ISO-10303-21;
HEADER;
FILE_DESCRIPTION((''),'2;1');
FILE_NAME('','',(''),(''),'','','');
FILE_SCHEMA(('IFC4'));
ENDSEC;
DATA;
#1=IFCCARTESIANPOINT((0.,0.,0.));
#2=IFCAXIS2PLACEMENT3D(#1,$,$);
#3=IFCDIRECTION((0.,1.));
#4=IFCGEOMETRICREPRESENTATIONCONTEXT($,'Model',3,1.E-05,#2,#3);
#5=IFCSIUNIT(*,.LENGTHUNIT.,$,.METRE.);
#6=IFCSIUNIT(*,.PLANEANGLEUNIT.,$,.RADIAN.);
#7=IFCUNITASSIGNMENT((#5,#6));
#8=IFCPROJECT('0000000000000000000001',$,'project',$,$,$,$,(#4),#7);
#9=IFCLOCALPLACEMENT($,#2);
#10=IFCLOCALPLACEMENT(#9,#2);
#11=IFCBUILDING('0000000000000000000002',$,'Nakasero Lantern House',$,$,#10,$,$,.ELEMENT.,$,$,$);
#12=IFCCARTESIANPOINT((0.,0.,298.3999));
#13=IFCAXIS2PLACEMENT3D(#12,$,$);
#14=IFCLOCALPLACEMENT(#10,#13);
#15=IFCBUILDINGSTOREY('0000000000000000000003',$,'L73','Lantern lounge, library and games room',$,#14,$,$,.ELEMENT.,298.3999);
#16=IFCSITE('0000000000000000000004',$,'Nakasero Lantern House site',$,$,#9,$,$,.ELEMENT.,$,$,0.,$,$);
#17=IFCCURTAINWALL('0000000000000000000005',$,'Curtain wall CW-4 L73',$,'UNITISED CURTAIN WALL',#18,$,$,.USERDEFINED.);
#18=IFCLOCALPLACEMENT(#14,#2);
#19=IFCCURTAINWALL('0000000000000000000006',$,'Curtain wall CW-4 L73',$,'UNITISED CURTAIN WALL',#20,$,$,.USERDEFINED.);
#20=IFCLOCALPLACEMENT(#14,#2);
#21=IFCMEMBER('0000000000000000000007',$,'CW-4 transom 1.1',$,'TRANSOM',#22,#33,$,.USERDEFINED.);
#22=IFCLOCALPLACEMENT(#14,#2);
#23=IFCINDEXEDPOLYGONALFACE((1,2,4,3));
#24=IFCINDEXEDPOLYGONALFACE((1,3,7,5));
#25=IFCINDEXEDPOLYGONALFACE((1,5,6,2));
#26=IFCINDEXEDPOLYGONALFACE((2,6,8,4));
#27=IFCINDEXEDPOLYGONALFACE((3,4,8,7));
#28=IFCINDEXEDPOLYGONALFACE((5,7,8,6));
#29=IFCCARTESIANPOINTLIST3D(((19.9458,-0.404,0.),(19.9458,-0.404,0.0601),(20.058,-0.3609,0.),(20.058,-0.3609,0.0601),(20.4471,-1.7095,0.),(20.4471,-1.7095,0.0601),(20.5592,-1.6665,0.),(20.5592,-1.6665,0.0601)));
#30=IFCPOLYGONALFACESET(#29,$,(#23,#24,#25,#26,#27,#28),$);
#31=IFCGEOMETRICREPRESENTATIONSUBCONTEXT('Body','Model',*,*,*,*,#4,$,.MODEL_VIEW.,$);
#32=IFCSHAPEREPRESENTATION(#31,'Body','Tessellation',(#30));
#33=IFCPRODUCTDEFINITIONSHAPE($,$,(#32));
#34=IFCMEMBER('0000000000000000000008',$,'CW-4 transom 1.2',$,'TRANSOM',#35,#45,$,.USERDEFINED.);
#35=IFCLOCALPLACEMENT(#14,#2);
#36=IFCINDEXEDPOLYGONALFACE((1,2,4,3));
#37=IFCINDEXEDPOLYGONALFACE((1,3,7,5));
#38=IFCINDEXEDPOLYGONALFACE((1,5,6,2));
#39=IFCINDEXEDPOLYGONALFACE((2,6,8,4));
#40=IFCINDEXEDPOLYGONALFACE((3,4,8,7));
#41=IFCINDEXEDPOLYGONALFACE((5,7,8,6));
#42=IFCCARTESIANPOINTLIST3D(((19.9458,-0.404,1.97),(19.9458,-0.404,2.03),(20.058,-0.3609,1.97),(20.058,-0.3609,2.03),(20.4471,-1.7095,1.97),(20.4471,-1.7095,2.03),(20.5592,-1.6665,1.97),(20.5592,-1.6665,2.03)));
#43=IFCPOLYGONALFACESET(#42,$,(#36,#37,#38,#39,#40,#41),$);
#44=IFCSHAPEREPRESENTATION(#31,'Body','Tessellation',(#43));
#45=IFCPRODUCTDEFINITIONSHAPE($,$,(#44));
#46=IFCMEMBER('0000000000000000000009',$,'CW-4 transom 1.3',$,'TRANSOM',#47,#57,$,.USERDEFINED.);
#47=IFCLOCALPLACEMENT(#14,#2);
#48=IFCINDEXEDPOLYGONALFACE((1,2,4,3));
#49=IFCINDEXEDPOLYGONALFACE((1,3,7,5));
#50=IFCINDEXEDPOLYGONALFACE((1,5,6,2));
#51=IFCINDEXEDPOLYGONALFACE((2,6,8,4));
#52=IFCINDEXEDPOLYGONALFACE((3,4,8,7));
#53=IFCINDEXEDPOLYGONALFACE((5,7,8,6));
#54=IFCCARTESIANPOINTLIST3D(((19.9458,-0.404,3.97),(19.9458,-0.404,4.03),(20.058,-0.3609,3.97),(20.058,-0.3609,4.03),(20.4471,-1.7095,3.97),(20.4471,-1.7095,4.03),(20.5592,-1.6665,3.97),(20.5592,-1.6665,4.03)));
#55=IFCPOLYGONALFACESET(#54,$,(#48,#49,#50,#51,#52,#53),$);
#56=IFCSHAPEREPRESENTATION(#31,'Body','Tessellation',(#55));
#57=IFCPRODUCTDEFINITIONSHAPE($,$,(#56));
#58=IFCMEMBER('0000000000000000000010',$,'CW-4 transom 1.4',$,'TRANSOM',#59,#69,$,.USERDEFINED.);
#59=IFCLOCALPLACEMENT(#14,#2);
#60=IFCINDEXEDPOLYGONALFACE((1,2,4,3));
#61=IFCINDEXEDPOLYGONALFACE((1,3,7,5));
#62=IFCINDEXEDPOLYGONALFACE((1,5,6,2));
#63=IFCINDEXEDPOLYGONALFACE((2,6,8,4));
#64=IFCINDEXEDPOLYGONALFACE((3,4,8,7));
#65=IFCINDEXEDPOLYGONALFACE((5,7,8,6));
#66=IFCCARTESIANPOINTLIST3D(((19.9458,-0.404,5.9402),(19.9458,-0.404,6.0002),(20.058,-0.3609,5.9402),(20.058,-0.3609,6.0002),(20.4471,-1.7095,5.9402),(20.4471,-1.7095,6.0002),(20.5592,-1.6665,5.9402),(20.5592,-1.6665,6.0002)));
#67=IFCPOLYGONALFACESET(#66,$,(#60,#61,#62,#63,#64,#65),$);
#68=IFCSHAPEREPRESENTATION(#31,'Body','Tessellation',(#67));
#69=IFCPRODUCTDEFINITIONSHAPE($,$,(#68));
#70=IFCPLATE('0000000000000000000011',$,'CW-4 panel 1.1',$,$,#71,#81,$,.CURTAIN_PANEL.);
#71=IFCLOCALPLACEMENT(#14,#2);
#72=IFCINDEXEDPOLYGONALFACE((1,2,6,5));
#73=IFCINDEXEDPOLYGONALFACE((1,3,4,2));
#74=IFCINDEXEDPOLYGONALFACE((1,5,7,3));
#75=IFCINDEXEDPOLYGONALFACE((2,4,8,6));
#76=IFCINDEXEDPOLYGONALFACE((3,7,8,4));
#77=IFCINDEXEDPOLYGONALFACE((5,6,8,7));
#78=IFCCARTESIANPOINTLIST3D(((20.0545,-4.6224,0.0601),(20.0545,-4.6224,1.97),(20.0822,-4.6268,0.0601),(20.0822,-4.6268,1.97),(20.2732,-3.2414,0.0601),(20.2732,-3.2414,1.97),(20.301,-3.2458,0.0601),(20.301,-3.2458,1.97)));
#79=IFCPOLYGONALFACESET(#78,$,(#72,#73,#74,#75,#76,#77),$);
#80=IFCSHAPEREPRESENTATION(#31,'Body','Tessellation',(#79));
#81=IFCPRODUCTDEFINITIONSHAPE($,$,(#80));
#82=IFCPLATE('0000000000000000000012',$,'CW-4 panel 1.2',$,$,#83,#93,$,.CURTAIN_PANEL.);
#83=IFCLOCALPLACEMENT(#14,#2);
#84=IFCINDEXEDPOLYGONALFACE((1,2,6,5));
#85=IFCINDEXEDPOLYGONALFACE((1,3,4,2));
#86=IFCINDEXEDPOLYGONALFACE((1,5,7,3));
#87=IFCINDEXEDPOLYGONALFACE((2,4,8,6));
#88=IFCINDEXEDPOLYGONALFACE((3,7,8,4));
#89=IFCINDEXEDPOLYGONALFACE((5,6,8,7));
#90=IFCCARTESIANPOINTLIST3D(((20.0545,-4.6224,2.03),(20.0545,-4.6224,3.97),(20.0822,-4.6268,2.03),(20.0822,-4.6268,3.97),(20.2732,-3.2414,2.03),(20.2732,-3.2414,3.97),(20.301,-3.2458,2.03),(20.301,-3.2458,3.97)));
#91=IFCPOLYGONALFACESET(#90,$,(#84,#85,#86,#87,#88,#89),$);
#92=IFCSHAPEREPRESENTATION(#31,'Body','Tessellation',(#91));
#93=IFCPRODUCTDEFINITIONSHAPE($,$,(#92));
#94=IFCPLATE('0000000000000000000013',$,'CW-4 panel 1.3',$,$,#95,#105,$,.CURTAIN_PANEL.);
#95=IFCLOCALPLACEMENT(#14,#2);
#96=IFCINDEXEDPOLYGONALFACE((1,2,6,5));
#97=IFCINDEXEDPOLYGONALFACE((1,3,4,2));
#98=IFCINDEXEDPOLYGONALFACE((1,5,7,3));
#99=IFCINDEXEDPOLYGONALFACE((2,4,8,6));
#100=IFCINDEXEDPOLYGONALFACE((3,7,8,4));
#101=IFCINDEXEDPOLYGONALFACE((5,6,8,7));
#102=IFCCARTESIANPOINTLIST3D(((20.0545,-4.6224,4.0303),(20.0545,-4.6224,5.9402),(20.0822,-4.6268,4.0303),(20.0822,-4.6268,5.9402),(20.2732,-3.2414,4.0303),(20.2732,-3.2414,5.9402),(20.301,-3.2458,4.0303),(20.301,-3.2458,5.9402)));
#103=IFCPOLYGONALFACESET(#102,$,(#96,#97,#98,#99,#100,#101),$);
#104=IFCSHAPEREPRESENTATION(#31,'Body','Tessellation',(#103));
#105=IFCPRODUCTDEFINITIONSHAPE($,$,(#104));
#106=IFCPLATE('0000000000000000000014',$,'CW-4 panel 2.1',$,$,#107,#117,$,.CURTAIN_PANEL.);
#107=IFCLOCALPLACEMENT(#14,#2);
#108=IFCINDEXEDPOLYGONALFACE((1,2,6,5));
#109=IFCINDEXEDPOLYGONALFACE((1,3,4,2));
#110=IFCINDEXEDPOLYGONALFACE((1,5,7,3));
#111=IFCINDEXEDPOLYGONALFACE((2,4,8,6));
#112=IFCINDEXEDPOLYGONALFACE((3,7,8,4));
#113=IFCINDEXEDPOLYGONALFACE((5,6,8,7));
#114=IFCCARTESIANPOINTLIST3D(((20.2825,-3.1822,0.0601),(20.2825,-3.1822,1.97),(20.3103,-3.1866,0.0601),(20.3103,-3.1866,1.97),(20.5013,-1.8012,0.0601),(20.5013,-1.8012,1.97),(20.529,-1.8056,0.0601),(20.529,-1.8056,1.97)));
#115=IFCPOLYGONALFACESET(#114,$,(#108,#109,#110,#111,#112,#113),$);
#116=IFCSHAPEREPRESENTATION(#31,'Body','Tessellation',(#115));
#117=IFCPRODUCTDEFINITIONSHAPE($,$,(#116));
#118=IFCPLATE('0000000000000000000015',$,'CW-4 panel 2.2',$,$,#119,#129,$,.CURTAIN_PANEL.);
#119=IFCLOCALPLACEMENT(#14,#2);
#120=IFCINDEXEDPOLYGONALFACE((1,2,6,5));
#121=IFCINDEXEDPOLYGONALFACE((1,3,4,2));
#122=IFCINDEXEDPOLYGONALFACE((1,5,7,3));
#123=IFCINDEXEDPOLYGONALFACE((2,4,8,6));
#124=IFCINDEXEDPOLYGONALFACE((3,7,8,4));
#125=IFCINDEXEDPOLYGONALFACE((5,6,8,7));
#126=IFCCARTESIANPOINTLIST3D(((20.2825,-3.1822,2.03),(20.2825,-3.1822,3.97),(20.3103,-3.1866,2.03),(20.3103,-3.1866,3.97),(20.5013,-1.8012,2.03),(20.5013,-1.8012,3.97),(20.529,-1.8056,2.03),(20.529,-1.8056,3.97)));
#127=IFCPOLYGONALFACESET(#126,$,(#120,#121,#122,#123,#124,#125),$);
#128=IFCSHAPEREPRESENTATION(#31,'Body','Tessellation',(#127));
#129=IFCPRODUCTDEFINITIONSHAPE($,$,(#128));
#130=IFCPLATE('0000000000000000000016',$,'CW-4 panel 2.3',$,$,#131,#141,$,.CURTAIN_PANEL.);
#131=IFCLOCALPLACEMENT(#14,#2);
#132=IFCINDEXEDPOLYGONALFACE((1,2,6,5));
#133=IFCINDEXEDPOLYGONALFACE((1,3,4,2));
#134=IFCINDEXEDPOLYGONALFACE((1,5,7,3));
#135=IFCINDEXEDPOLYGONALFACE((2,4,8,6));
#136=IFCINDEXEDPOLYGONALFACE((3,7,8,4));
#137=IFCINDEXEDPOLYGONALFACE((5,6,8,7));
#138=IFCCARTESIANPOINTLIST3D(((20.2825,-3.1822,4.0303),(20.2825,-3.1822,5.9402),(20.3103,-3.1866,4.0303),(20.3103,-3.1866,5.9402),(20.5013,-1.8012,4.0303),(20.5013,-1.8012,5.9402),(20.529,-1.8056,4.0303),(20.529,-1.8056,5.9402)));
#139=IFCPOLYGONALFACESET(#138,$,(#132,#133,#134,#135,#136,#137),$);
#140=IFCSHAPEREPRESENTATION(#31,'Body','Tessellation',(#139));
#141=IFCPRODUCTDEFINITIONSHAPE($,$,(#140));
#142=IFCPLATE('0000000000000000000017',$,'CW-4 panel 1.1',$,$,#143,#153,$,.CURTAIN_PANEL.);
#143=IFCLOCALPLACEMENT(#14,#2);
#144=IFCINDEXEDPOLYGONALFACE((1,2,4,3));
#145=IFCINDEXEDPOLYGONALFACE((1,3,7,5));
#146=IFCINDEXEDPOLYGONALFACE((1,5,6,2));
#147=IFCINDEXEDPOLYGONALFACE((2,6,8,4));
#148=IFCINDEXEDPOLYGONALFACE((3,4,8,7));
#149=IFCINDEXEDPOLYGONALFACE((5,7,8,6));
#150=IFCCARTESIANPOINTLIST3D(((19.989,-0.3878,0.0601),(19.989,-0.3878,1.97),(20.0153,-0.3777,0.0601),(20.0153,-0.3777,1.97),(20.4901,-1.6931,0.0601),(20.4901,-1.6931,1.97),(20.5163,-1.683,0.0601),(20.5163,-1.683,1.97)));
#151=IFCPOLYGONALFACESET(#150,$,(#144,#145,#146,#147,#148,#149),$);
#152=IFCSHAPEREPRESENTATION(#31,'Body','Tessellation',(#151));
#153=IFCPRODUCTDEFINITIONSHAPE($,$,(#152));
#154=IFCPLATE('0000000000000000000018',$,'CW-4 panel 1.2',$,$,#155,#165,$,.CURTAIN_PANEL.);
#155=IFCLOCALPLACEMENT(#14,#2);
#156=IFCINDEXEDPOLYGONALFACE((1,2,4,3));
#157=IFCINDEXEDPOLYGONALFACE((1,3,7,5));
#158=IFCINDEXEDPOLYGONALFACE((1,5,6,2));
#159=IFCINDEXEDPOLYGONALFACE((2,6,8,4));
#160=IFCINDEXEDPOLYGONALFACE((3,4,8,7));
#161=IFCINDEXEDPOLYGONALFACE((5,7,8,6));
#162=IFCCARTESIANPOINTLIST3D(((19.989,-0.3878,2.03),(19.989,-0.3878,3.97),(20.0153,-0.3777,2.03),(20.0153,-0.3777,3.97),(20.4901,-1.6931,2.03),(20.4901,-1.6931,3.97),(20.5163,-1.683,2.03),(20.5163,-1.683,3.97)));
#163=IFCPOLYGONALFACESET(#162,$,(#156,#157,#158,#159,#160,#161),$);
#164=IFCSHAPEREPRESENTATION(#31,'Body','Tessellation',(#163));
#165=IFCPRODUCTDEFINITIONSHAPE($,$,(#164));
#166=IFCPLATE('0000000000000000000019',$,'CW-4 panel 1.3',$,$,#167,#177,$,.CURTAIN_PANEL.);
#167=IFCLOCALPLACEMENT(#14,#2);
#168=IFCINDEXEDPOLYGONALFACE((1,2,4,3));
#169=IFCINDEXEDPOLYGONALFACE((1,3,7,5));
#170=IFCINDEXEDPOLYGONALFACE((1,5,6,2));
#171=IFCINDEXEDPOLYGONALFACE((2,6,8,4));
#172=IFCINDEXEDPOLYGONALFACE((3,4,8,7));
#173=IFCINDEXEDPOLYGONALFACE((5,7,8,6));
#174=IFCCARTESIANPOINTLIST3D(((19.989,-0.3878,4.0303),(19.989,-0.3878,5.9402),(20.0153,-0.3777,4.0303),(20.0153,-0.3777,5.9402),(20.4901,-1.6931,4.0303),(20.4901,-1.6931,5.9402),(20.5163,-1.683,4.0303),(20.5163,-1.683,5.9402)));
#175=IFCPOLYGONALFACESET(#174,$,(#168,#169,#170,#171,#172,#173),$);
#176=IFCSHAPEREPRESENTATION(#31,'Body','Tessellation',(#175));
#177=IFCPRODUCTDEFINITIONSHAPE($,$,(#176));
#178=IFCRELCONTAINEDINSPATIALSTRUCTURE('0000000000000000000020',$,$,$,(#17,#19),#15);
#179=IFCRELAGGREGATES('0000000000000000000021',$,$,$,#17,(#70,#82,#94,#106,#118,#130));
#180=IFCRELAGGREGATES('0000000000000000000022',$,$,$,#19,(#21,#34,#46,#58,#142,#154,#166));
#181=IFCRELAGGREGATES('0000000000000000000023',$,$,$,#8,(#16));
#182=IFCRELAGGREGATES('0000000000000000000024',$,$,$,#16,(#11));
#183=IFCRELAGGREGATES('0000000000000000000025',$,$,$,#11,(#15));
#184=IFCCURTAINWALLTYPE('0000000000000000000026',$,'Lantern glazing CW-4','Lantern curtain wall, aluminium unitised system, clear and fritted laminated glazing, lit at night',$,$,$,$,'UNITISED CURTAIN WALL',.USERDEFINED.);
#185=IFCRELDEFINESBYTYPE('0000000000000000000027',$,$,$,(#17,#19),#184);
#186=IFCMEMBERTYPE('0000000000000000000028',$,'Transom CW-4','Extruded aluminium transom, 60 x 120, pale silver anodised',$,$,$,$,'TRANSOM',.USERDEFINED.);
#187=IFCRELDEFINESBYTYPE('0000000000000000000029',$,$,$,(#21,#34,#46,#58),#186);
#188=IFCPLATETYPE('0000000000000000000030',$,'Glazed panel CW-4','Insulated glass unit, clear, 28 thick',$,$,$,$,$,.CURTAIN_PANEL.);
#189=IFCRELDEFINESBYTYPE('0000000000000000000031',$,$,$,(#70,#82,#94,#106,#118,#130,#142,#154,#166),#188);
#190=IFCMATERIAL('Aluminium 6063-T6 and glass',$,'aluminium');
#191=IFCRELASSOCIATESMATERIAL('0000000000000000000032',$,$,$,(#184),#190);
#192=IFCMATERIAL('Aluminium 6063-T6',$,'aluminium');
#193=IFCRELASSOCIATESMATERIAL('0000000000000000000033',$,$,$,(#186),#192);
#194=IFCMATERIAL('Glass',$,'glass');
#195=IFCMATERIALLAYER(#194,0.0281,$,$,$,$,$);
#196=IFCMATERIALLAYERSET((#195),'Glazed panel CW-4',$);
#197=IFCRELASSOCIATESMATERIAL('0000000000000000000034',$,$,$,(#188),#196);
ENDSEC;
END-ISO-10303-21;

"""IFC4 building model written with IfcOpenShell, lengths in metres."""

from ifc_helpers import new_model, si_unit, direction, frame, origin, origin_2d, place, context, subcontext, project, spatial, rectangle, extrude, material, layer, layer_set, material_profile, profile_set, type_object, element, aggregate, save


model = new_model("IFC4")

# Units and contexts
model_context = context("Model", 3, precision=1e-05, world=origin(), true_north=direction((0.0, 1.0)))
body_context = subcontext(model_context, "Body", "Model", "MODEL_VIEW")
ifc_project = project(units=[si_unit("LENGTHUNIT", "METRE"), si_unit("PLANEANGLEUNIT", "RADIAN")], contexts=[model_context])

# Site, building, storey
site_placement = place(None, origin())
site = spatial("IfcSite", under=ifc_project, at=site_placement, Name="Nakasero Lantern House site", CompositionType="ELEMENT", RefElevation=0.0)
building_placement = place(site_placement, origin())
building = spatial("IfcBuilding", under=site, at=building_placement, Name="Nakasero Lantern House", CompositionType="ELEMENT")
storey_placement = place(building_placement, frame((0.0, 0.0, 298.3999)))
storey = spatial("IfcBuildingStorey", under=building, at=storey_placement, Name="L73", Description="Lantern lounge, library and games room", CompositionType="ELEMENT", Elevation=298.3999)

# Shared definitions
ifc_material_1 = material(Name="Aluminium 6063-T6 and glass", Category="aluminium")
curtain_wall_type = type_object("IfcCurtainWallType", Name="Lantern glazing CW-4", Description="Lantern curtain wall, aluminium unitised system, clear and fritted laminated glazing, lit at night", ElementType="UNITISED CURTAIN WALL", PredefinedType="USERDEFINED", material=ifc_material_1)

# Curtain walls
curtain_wall_1_placement = place(storey_placement, origin())
curtain_wall_1 = element("IfcCurtainWall", 1, at=curtain_wall_1_placement, inside=storey, type_object=curtain_wall_type, Name="Curtain wall CW-4 L73", ObjectType="UNITISED CURTAIN WALL", PredefinedType="USERDEFINED")
curtain_wall_2_placement = place(storey_placement, origin())
curtain_wall_2 = element("IfcCurtainWall", 2, at=curtain_wall_2_placement, inside=storey, type_object=curtain_wall_type, Name="Curtain wall CW-4 L73", ObjectType="UNITISED CURTAIN WALL", PredefinedType="USERDEFINED")

# Members
ifc_material_2 = material(Name="Aluminium 6063-T6", Category="aluminium")
ifc_material_profile_1 = material_profile(ifc_material_2, rectangle(XDim=0.0601, YDim=0.1201, at=origin_2d()), Name="CW-4 transom 60x120")
ifc_profile_set_1 = profile_set([ifc_material_profile_1], Name="Aluminium 6063-T6")
member_type_1 = type_object("IfcMemberType", Name="Transom CW-4", Description="Extruded aluminium transom, 60 x 120, pale silver anodised", ElementType="TRANSOM", PredefinedType="USERDEFINED", material=ifc_profile_set_1)
member_1_placement = place(storey_placement, frame((20.5032, -1.688, 0.03), z_axis=(-0.358441, 0.933552, 0.0), x_axis=(0.0, 0.0, 1.0)))
member_1 = element("IfcMember", 3, at=member_1_placement, type_object=member_type_1, Name="CW-4 transom 1.1", ObjectType="TRANSOM", PredefinedType="USERDEFINED", context=body_context, shape_type="SweptSolid", body=[
    extrude(rectangle(XDim=0.0601, YDim=0.1201, at=origin_2d()), origin(), (0.0, 0.0, 1.0), 1.3984),
])
member_2_placement = place(storey_placement, frame((20.5032, -1.688, 2.0), z_axis=(-0.358441, 0.933552, 0.0), x_axis=(0.0, 0.0, 1.0)))
member_2 = element("IfcMember", 4, at=member_2_placement, type_object=member_type_1, Name="CW-4 transom 1.2", ObjectType="TRANSOM", PredefinedType="USERDEFINED", context=body_context, shape_type="SweptSolid", body=[
    extrude(rectangle(XDim=0.0601, YDim=0.1201, at=origin_2d()), origin(), (0.0, 0.0, 1.0), 1.3984),
])
member_3_placement = place(storey_placement, frame((20.5032, -1.688, 4.0), z_axis=(-0.358441, 0.933552, 0.0), x_axis=(0.0, 0.0, 1.0)))
member_3 = element("IfcMember", 5, at=member_3_placement, type_object=member_type_1, Name="CW-4 transom 1.3", ObjectType="TRANSOM", PredefinedType="USERDEFINED", context=body_context, shape_type="SweptSolid", body=[
    extrude(rectangle(XDim=0.0601, YDim=0.1201, at=origin_2d()), origin(), (0.0, 0.0, 1.0), 1.3984),
])
member_4_placement = place(storey_placement, frame((20.5032, -1.688, 5.9702), z_axis=(-0.358441, 0.933552, 0.0), x_axis=(0.0, 0.0, 1.0)))
member_4 = element("IfcMember", 6, at=member_4_placement, type_object=member_type_1, Name="CW-4 transom 1.4", ObjectType="TRANSOM", PredefinedType="USERDEFINED", context=body_context, shape_type="SweptSolid", body=[
    extrude(rectangle(XDim=0.0601, YDim=0.1201, at=origin_2d()), origin(), (0.0, 0.0, 1.0), 1.3984),
])

# Plates
ifc_material_3 = material(Name="Glass", Category="glass")
ifc_layer = layer(ifc_material_3, 0.0281)
ifc_layer_set = layer_set([ifc_layer], Name="Glazed panel CW-4")
plate_type = type_object("IfcPlateType", Name="Glazed panel CW-4", Description="Insulated glass unit, clear, 28 thick", PredefinedType="CURTAIN_PANEL", material=ifc_layer_set)
plate_1_placement = place(storey_placement, frame((20.1777, -3.9341, 0.0601), z_axis=(0.0, 0.0, 1.0), x_axis=(0.156434, 0.987688, 0.0)))
plate_1 = element("IfcPlate", 7, at=plate_1_placement, type_object=plate_type, Name="CW-4 panel 1.1", PredefinedType="CURTAIN_PANEL", context=body_context, shape_type="SweptSolid", body=[
    extrude(rectangle(XDim=1.3982, YDim=0.0281, at=origin_2d()), origin(), (0.0, 0.0, 1.0), 1.9099),
])
plate_2_placement = place(storey_placement, frame((20.1777, -3.9341, 2.03), z_axis=(0.0, 0.0, 1.0), x_axis=(0.156434, 0.987688, 0.0)))
plate_2 = element("IfcPlate", 8, at=plate_2_placement, type_object=plate_type, Name="CW-4 panel 1.2", PredefinedType="CURTAIN_PANEL", context=body_context, shape_type="SweptSolid", body=[
    extrude(rectangle(XDim=1.3982, YDim=0.0281, at=origin_2d()), origin(), (0.0, 0.0, 1.0), 1.9399),
])
plate_3_placement = place(storey_placement, frame((20.1777, -3.9341, 4.0303), z_axis=(0.0, 0.0, 1.0), x_axis=(0.156434, 0.987688, 0.0)))
plate_3 = element("IfcPlate", 9, at=plate_3_placement, type_object=plate_type, Name="CW-4 panel 1.3", PredefinedType="CURTAIN_PANEL", context=body_context, shape_type="SweptSolid", body=[
    extrude(rectangle(XDim=1.3982, YDim=0.0281, at=origin_2d()), origin(), (0.0, 0.0, 1.0), 1.9099),
])
plate_4_placement = place(storey_placement, frame((20.4058, -2.4939, 0.0601), z_axis=(0.0, 0.0, 1.0), x_axis=(0.156434, 0.987688, 0.0)))
plate_4 = element("IfcPlate", 10, at=plate_4_placement, type_object=plate_type, Name="CW-4 panel 2.1", PredefinedType="CURTAIN_PANEL", context=body_context, shape_type="SweptSolid", body=[
    extrude(rectangle(XDim=1.3982, YDim=0.0281, at=origin_2d()), origin(), (0.0, 0.0, 1.0), 1.9099),
])
plate_5_placement = place(storey_placement, frame((20.4058, -2.4939, 2.03), z_axis=(0.0, 0.0, 1.0), x_axis=(0.156434, 0.987688, 0.0)))
plate_5 = element("IfcPlate", 11, at=plate_5_placement, type_object=plate_type, Name="CW-4 panel 2.2", PredefinedType="CURTAIN_PANEL", context=body_context, shape_type="SweptSolid", body=[
    extrude(rectangle(XDim=1.3982, YDim=0.0281, at=origin_2d()), origin(), (0.0, 0.0, 1.0), 1.9399),
])
plate_6_placement = place(storey_placement, frame((20.4058, -2.4939, 4.0303), z_axis=(0.0, 0.0, 1.0), x_axis=(0.156434, 0.987688, 0.0)))
plate_6 = element("IfcPlate", 12, at=plate_6_placement, type_object=plate_type, Name="CW-4 panel 2.3", PredefinedType="CURTAIN_PANEL", context=body_context, shape_type="SweptSolid", body=[
    extrude(rectangle(XDim=1.3982, YDim=0.0281, at=origin_2d()), origin(), (0.0, 0.0, 1.0), 1.9099),
])
aggregate(curtain_wall_1, [plate_1, plate_2, plate_3, plate_4, plate_5, plate_6])
plate_7_placement = place(storey_placement, frame((20.2527, -1.0354, 0.0601), z_axis=(0.0, 0.0, 1.0), x_axis=(-0.358368, 0.93358, 0.0)))
plate_7 = element("IfcPlate", 13, at=plate_7_placement, type_object=plate_type, Name="CW-4 panel 1.1", PredefinedType="CURTAIN_PANEL", context=body_context, shape_type="SweptSolid", body=[
    extrude(rectangle(XDim=1.3982, YDim=0.0281, at=origin_2d()), origin(), (0.0, 0.0, 1.0), 1.9099),
])
plate_8_placement = place(storey_placement, frame((20.2527, -1.0354, 2.03), z_axis=(0.0, 0.0, 1.0), x_axis=(-0.358368, 0.93358, 0.0)))
plate_8 = element("IfcPlate", 14, at=plate_8_placement, type_object=plate_type, Name="CW-4 panel 1.2", PredefinedType="CURTAIN_PANEL", context=body_context, shape_type="SweptSolid", body=[
    extrude(rectangle(XDim=1.3982, YDim=0.0281, at=origin_2d()), origin(), (0.0, 0.0, 1.0), 1.9399),
])
plate_9_placement = place(storey_placement, frame((20.2527, -1.0354, 4.0303), z_axis=(0.0, 0.0, 1.0), x_axis=(-0.358368, 0.93358, 0.0)))
plate_9 = element("IfcPlate", 15, at=plate_9_placement, type_object=plate_type, Name="CW-4 panel 1.3", PredefinedType="CURTAIN_PANEL", context=body_context, shape_type="SweptSolid", body=[
    extrude(rectangle(XDim=1.3982, YDim=0.0281, at=origin_2d()), origin(), (0.0, 0.0, 1.0), 1.9099),
])
aggregate(curtain_wall_2, [member_1, member_2, member_3, member_4, plate_7, plate_8, plate_9])

save(model, "model.ifc")
